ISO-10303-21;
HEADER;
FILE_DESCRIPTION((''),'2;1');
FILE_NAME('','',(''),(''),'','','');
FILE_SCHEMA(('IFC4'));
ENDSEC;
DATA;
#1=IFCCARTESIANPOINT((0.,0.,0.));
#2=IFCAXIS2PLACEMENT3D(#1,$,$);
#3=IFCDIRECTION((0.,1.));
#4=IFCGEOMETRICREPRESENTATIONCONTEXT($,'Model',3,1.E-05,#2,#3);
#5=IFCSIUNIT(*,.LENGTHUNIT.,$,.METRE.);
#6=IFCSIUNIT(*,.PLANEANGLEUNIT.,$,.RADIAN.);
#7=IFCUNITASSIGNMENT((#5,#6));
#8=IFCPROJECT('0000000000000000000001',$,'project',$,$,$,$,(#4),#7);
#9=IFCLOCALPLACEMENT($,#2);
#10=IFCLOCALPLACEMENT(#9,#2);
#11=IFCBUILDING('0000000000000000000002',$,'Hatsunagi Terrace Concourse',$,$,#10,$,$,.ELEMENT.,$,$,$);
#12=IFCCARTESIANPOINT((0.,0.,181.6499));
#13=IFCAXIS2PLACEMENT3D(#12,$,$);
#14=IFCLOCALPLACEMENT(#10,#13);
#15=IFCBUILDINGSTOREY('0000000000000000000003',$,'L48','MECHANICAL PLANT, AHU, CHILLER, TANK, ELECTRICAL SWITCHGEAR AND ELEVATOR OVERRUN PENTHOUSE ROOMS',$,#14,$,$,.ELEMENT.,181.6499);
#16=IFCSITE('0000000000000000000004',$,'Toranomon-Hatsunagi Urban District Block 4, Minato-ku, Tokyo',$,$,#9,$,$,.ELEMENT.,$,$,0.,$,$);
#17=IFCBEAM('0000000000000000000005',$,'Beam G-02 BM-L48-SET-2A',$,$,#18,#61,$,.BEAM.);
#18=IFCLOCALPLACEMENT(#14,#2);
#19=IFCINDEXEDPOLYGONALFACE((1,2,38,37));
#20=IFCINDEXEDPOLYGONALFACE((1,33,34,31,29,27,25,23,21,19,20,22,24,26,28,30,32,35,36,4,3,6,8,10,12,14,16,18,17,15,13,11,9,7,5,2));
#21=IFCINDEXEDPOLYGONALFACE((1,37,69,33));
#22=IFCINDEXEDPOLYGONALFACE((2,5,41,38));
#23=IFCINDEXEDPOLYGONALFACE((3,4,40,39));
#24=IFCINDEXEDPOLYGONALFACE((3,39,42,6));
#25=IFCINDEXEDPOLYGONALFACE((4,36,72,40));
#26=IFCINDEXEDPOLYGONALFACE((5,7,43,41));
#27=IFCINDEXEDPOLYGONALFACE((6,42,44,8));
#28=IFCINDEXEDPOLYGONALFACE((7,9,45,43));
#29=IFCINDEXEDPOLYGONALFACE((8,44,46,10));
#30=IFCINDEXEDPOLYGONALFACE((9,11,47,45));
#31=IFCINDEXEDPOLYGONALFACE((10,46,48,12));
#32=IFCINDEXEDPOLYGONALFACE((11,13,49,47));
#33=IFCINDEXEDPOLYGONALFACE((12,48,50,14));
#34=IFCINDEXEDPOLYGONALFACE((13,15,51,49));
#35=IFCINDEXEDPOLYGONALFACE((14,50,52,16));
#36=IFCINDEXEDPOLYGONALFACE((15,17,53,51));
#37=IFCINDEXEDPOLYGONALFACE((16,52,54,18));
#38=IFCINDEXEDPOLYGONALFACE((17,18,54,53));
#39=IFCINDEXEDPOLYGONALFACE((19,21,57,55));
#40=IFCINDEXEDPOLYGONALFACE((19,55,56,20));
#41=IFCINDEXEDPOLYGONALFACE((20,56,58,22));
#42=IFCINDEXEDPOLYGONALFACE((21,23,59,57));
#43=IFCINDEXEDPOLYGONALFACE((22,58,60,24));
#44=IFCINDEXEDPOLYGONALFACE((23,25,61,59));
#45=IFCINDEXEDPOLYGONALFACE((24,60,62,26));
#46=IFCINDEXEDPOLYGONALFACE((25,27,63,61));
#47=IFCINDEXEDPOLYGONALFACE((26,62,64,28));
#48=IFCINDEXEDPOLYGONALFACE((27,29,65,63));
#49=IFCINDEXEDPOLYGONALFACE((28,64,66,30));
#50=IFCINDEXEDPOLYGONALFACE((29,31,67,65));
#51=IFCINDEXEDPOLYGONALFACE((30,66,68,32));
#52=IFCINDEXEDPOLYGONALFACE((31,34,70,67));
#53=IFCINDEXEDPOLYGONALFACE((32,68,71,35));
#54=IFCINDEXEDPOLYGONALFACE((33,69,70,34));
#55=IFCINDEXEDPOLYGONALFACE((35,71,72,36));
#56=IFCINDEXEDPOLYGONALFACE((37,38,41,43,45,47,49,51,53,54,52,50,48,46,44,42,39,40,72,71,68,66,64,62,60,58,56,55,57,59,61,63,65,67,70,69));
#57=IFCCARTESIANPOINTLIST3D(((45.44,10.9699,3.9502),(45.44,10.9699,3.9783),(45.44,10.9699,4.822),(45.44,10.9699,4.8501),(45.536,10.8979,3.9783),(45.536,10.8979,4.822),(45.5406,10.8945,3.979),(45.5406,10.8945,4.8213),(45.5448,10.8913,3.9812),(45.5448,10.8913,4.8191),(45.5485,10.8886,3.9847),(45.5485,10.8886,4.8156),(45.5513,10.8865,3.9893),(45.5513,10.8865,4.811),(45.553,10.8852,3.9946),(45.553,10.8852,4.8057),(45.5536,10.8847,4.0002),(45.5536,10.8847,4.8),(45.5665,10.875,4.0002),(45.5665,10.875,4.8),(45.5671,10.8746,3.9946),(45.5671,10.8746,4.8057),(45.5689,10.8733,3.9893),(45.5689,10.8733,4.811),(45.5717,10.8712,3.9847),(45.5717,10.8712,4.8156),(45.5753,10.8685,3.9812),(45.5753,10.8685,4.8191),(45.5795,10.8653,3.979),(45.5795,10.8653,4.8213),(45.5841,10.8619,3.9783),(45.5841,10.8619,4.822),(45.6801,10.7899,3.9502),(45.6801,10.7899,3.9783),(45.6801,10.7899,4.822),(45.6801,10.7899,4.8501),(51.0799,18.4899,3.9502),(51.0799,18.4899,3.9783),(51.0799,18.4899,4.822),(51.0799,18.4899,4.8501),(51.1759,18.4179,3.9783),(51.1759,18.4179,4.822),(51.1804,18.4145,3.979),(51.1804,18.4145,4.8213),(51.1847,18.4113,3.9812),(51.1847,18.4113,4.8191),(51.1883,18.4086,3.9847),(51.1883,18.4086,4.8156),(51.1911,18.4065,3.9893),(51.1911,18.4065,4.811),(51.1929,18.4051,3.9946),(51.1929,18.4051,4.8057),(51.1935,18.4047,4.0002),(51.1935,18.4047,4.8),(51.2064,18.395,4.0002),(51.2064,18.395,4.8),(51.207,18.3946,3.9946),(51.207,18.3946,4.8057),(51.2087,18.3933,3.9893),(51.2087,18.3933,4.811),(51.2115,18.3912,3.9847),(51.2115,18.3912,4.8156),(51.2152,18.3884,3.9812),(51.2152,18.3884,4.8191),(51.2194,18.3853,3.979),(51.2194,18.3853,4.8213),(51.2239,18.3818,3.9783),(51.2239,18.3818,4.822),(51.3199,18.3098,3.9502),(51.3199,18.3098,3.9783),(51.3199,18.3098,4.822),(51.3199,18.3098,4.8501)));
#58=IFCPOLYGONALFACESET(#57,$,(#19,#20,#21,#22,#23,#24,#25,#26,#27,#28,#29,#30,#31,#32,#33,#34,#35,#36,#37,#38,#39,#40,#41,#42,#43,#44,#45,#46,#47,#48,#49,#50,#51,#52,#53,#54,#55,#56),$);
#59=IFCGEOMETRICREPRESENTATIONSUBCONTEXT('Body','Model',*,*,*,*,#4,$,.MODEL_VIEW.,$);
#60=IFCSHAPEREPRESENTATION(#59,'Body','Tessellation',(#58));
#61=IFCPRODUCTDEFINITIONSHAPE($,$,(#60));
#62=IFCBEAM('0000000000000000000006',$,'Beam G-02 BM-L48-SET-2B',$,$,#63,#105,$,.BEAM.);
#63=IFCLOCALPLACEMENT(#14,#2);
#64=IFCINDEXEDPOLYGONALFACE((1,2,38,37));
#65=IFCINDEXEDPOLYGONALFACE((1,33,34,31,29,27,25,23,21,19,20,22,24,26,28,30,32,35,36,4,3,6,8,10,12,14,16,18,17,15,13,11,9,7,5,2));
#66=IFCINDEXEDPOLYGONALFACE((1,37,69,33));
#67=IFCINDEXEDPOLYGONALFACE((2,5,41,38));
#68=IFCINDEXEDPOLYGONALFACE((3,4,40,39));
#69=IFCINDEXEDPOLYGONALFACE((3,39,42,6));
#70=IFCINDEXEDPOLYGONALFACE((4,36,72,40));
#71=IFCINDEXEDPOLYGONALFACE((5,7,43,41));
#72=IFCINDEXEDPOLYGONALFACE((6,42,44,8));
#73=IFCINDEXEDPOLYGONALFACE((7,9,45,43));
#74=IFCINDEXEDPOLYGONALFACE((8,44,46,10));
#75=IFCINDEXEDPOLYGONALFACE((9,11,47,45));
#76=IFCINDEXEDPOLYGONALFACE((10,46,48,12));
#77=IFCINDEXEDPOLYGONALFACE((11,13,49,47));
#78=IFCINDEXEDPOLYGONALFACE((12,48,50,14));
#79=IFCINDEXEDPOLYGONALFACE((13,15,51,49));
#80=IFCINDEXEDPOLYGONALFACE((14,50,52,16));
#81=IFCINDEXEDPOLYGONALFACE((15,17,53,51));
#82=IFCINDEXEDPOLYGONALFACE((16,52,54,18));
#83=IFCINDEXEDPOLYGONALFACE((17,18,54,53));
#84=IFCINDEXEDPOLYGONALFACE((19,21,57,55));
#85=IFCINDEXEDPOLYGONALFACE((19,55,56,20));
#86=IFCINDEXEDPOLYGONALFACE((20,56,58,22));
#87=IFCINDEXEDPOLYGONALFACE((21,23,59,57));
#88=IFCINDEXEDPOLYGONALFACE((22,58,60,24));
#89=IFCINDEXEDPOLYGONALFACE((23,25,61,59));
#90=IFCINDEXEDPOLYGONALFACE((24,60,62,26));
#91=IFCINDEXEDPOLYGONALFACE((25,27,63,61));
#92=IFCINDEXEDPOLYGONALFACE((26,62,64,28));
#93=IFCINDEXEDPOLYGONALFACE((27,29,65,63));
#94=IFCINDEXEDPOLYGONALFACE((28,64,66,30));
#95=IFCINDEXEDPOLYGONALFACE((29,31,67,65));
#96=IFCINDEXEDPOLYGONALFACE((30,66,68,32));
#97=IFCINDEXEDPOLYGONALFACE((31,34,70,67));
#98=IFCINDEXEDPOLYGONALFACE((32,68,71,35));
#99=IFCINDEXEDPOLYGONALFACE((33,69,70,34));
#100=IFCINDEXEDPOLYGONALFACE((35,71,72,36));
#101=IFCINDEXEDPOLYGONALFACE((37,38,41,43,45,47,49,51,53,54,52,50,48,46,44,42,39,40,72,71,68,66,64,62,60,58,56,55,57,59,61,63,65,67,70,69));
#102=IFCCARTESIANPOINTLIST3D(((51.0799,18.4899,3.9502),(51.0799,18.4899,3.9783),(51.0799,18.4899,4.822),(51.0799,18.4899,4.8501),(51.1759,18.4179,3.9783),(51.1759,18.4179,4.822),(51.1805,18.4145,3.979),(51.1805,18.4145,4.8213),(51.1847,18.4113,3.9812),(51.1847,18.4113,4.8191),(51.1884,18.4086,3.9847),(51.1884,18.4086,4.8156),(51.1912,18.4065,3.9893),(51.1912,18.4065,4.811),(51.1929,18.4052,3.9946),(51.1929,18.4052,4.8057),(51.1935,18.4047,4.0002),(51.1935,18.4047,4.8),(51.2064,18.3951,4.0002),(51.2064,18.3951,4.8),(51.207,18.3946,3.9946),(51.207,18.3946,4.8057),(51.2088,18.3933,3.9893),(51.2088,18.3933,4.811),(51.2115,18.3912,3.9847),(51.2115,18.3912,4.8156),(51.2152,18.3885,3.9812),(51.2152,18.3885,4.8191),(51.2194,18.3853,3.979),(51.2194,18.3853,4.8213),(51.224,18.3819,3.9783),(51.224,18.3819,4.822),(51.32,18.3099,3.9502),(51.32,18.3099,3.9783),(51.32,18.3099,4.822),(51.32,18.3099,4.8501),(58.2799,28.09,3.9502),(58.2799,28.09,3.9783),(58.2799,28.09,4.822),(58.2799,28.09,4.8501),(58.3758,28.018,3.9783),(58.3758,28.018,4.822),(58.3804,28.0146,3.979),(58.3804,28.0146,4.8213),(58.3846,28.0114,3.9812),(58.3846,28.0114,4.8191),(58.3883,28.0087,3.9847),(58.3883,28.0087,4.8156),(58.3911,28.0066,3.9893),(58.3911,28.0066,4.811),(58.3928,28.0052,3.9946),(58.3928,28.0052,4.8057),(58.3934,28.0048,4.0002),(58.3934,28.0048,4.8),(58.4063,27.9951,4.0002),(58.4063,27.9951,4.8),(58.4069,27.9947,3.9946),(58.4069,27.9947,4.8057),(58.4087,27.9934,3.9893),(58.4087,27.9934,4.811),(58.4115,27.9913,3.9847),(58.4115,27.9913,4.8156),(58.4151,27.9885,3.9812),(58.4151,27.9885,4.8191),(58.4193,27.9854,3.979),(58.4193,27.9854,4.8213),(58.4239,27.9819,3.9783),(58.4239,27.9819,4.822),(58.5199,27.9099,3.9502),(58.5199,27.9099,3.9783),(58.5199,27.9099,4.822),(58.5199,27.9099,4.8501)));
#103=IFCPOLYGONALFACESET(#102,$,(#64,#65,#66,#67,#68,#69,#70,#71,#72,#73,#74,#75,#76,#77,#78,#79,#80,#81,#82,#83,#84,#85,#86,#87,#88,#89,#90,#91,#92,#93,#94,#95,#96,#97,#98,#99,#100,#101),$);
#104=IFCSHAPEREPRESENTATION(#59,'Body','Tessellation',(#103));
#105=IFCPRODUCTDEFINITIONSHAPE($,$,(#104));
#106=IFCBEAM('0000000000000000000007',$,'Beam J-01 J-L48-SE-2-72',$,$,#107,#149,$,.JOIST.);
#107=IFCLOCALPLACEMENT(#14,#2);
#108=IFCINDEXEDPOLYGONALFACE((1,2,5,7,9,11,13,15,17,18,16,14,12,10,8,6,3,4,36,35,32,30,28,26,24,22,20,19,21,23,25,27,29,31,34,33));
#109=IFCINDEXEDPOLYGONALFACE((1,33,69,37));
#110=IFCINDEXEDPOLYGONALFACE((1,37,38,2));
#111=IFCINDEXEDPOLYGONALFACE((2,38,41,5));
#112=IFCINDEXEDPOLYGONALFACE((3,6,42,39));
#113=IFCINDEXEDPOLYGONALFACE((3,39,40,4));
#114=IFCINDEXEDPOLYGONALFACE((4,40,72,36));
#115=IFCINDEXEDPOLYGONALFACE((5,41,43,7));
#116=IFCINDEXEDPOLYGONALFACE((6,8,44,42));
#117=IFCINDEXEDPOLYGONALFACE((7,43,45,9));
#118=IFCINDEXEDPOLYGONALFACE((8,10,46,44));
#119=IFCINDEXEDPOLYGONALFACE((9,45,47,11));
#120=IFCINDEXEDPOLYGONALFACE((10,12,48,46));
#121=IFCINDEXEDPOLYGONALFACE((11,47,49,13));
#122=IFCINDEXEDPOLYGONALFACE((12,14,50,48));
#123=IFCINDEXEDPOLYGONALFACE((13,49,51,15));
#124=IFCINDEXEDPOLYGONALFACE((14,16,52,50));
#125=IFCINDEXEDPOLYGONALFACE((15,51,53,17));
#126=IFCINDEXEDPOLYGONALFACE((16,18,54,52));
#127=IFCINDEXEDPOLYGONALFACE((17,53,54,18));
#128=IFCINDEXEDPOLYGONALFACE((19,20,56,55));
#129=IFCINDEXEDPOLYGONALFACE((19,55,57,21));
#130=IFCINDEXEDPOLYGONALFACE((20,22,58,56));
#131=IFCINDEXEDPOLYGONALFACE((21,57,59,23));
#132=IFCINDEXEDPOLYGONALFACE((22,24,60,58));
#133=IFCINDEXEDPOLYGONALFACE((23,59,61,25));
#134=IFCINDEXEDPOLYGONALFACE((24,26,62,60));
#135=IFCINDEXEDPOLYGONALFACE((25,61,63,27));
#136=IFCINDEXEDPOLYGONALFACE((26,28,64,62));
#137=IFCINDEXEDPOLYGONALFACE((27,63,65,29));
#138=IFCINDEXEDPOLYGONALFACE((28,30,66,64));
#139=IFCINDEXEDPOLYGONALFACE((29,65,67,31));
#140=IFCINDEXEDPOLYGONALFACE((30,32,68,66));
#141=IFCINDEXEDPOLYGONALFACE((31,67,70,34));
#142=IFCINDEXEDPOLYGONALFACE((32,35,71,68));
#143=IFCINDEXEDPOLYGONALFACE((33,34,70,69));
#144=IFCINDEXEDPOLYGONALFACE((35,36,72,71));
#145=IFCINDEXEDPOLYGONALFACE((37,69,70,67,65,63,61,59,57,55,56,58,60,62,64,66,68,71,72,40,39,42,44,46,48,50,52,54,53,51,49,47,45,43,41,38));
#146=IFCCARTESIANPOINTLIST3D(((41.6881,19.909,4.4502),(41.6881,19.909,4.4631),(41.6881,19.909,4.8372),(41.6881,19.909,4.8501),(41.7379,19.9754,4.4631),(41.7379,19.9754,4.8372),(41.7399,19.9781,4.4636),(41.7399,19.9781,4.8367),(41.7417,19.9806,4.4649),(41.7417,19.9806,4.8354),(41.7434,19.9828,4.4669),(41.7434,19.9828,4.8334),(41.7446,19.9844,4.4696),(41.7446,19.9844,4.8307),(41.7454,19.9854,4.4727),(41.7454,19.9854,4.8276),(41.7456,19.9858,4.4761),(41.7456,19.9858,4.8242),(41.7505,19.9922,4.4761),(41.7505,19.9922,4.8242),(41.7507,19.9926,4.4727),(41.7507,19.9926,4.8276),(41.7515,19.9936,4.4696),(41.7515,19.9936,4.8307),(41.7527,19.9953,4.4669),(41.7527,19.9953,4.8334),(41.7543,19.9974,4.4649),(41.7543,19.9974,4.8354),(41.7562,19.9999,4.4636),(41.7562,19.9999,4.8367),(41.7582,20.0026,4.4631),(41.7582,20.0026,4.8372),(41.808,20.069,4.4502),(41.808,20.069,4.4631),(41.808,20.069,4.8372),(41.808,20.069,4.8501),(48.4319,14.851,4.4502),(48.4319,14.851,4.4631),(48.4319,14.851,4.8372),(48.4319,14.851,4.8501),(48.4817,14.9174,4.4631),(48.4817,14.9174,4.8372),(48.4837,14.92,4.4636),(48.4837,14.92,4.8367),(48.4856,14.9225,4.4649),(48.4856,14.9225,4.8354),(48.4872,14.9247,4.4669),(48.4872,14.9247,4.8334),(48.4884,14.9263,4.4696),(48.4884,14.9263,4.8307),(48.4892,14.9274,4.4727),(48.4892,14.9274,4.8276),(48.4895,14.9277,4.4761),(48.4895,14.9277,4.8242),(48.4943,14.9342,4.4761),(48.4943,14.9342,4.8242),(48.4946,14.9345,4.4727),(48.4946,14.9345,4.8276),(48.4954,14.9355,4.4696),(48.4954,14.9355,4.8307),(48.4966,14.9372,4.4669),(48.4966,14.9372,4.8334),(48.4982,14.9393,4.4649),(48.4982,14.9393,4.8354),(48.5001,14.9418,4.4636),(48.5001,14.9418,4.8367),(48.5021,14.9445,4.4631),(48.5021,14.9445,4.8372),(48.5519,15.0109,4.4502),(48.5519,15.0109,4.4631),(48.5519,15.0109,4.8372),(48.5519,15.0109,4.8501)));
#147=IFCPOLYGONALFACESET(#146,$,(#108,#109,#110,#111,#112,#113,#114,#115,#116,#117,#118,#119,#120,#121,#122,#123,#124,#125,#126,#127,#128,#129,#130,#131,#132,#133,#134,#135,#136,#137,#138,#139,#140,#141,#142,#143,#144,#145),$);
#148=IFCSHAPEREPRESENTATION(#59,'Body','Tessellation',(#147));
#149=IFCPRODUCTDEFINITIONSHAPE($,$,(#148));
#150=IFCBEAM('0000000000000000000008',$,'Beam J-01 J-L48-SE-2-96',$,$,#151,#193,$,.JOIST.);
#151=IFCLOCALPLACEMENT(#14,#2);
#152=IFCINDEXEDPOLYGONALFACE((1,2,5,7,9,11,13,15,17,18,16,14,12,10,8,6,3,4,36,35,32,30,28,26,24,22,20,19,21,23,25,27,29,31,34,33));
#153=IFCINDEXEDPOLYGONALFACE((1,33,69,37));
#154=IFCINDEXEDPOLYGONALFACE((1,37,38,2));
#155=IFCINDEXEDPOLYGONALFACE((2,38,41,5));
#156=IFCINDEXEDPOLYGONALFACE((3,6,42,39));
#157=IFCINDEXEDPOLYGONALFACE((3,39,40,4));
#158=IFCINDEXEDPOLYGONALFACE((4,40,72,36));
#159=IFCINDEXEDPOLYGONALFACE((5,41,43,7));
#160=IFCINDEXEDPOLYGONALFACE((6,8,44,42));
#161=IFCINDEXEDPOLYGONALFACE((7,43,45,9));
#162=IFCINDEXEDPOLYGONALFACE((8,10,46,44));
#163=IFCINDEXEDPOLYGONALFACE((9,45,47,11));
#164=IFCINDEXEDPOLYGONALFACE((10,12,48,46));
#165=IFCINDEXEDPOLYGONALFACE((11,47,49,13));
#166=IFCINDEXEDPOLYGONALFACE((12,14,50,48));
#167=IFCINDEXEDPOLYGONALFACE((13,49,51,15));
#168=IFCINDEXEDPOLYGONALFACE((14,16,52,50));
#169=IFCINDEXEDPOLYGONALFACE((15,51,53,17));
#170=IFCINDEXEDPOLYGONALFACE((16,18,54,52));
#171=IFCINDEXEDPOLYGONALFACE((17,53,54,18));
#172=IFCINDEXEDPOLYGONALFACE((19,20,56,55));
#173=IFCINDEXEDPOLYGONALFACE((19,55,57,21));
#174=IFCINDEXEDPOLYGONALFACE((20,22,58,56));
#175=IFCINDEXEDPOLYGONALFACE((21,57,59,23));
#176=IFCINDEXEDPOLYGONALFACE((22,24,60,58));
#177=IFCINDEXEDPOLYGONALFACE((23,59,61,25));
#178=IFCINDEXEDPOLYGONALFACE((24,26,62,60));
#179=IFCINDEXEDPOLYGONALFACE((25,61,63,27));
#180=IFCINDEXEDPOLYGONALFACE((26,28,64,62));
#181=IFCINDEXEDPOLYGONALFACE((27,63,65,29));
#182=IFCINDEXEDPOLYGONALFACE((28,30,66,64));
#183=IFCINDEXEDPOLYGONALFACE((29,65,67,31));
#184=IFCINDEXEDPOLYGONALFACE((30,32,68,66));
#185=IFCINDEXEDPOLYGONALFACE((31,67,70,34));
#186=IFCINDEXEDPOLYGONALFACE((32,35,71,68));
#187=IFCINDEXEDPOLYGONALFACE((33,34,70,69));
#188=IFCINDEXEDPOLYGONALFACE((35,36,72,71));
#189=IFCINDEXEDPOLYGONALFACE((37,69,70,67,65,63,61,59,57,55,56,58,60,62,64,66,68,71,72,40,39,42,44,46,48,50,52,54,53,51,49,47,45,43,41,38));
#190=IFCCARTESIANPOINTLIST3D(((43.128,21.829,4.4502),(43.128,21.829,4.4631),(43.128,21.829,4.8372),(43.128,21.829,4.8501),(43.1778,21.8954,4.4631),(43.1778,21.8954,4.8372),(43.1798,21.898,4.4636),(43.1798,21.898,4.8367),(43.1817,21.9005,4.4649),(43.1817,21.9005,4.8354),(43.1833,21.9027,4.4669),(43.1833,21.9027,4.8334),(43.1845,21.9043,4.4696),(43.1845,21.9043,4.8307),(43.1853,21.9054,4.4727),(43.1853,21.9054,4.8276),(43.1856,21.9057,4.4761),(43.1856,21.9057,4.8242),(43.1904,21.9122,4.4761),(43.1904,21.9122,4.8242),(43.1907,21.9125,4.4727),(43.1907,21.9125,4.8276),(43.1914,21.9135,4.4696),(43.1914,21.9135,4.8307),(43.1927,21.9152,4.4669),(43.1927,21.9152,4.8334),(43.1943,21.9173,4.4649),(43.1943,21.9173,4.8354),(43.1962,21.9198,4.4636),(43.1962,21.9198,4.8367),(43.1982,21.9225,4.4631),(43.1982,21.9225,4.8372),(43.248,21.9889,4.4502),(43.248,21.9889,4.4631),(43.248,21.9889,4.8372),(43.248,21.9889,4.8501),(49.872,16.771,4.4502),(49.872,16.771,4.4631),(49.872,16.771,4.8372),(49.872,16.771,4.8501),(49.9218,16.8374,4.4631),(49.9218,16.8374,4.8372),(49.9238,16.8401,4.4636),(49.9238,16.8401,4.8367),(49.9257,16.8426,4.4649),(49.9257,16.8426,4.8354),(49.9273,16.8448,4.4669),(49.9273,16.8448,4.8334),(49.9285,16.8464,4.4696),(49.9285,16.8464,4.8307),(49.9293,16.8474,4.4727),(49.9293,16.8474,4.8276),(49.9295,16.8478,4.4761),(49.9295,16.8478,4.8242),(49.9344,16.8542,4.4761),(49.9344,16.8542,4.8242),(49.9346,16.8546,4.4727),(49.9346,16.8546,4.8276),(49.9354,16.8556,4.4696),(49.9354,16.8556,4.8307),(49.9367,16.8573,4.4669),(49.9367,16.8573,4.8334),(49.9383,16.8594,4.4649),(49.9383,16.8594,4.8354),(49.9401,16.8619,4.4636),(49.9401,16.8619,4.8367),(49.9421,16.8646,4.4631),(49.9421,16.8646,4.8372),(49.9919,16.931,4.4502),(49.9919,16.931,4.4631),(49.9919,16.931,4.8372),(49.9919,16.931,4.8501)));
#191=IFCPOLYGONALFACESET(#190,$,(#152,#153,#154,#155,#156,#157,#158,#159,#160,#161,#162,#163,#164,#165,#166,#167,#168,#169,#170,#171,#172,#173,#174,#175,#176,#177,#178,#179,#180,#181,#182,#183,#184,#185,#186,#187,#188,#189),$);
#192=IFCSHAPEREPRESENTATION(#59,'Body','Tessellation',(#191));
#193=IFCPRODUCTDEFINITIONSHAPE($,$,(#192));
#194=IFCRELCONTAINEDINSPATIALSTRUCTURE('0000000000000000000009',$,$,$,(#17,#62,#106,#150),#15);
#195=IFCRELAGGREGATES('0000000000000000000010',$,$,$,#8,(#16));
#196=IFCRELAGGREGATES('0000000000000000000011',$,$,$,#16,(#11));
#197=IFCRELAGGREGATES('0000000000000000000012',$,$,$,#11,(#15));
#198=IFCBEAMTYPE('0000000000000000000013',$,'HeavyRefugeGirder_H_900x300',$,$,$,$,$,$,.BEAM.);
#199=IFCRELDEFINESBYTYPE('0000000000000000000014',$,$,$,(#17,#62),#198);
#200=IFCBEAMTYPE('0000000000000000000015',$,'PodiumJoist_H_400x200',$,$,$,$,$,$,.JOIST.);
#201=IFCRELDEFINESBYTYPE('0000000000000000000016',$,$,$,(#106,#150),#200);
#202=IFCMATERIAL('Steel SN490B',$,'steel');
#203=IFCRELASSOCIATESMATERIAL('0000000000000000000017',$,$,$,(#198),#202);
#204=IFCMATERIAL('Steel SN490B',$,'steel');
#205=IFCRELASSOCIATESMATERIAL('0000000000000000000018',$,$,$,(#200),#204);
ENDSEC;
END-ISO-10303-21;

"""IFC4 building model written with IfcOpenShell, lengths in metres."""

from ifc_helpers import new_model, si_unit, direction, frame, origin, origin_2d, place, context, subcontext, project, spatial, i_section, extrude, material, material_profile, profile_set, type_object, element, save


model = new_model("IFC4")

# Units and contexts
model_context = context("Model", 3, precision=1e-05, world=origin(), true_north=direction((0.0, 1.0)))
body_context = subcontext(model_context, "Body", "Model", "MODEL_VIEW")
ifc_project = project(units=[si_unit("LENGTHUNIT", "METRE"), si_unit("PLANEANGLEUNIT", "RADIAN")], contexts=[model_context])

# Site, building, storey
site_placement = place(None, origin())
site = spatial("IfcSite", under=ifc_project, at=site_placement, Name="Toranomon-Hatsunagi Urban District Block 4, Minato-ku, Tokyo", CompositionType="ELEMENT", RefElevation=0.0)
building_placement = place(site_placement, origin())
building = spatial("IfcBuilding", under=site, at=building_placement, Name="Hatsunagi Terrace Concourse", CompositionType="ELEMENT")
storey_placement = place(building_placement, frame((0.0, 0.0, 181.6499)))
storey = spatial("IfcBuildingStorey", under=building, at=storey_placement, Name="L48", Description="MECHANICAL PLANT, AHU, CHILLER, TANK, ELECTRICAL SWITCHGEAR AND ELEVATOR OVERRUN PENTHOUSE ROOMS", CompositionType="ELEMENT", Elevation=181.6499)

# Beams
ifc_material_1 = material(Name="Steel SN490B", Category="steel")
ifc_material_profile_1 = material_profile(ifc_material_1, i_section(OverallWidth=0.3, OverallDepth=0.8999, WebThickness=0.0161, FlangeThickness=0.0281, FilletRadius=0.022, at=origin_2d()), Name="H-900x300x16x28")
ifc_profile_set_1 = profile_set([ifc_material_profile_1], Name="Steel SN490B")
beam_type_1 = type_object("IfcBeamType", Name="HeavyRefugeGirder_H_900x300", PredefinedType="BEAM", material=ifc_profile_set_1)
beam_1_placement = place(storey_placement, frame((45.5601, 10.8799, 4.4001), z_axis=(0.599992, 0.800006, 0.0), x_axis=(-0.800006, 0.599992, 0.0)))
element("IfcBeam", 1, at=beam_1_placement, inside=storey, type_object=beam_type_1, Name="Beam G-02 BM-L48-SET-2A", PredefinedType="BEAM", context=body_context, shape_type="SweptSolid", body=[
    extrude(i_section(OverallWidth=0.3, OverallDepth=0.8999, WebThickness=0.0161, FlangeThickness=0.0281, FilletRadius=0.022, at=origin_2d()), origin(), (0.0, 0.0, 1.0), 9.3999),
])
beam_2_placement = place(storey_placement, frame((51.2, 18.3999, 4.4001), z_axis=(0.599993, 0.800005, 0.0), x_axis=(-0.800005, 0.599993, 0.0)))
element("IfcBeam", 2, at=beam_2_placement, inside=storey, type_object=beam_type_1, Name="Beam G-02 BM-L48-SET-2B", PredefinedType="BEAM", context=body_context, shape_type="SweptSolid", body=[
    extrude(i_section(OverallWidth=0.3, OverallDepth=0.8999, WebThickness=0.0161, FlangeThickness=0.0281, FilletRadius=0.022, at=origin_2d()), origin(), (0.0, 0.0, 1.0), 12.0),
])
ifc_material_2 = material(Name="Steel SN490B", Category="steel")
ifc_material_profile_2 = material_profile(ifc_material_2, i_section(OverallWidth=0.2, OverallDepth=0.3999, WebThickness=0.0081, FlangeThickness=0.0129, FilletRadius=0.0129, at=origin_2d()), Name="H-400x200x8x13")
ifc_profile_set_2 = profile_set([ifc_material_profile_2], Name="Steel SN490B")
beam_type_2 = type_object("IfcBeamType", Name="PodiumJoist_H_400x200", PredefinedType="JOIST", material=ifc_profile_set_2)
for number, where, z_axis, x_axis, name in (
    (3, (41.748, 19.989, 4.6501), (0.79999, -0.600014, 0.0), (0.600014, 0.79999, 0.0), "Beam J-01 J-L48-SE-2-72"),
    (4, (43.188, 21.9089, 4.6501), (0.800003, -0.599995, 0.0), (0.599995, 0.800003, 0.0), "Beam J-01 J-L48-SE-2-96"),
):
    element("IfcBeam", number, at=place(storey_placement, frame(where, z_axis=z_axis, x_axis=x_axis)), inside=storey, type_object=beam_type_2, Name=name, PredefinedType="JOIST", context=body_context, shape_type="SweptSolid", body=[
        extrude(i_section(OverallWidth=0.2, OverallDepth=0.3999, WebThickness=0.0081, FlangeThickness=0.0129, FilletRadius=0.0129, at=origin_2d()), origin(), (0.0, 0.0, 1.0), 8.4299),
    ])

save(model, "model.ifc")
